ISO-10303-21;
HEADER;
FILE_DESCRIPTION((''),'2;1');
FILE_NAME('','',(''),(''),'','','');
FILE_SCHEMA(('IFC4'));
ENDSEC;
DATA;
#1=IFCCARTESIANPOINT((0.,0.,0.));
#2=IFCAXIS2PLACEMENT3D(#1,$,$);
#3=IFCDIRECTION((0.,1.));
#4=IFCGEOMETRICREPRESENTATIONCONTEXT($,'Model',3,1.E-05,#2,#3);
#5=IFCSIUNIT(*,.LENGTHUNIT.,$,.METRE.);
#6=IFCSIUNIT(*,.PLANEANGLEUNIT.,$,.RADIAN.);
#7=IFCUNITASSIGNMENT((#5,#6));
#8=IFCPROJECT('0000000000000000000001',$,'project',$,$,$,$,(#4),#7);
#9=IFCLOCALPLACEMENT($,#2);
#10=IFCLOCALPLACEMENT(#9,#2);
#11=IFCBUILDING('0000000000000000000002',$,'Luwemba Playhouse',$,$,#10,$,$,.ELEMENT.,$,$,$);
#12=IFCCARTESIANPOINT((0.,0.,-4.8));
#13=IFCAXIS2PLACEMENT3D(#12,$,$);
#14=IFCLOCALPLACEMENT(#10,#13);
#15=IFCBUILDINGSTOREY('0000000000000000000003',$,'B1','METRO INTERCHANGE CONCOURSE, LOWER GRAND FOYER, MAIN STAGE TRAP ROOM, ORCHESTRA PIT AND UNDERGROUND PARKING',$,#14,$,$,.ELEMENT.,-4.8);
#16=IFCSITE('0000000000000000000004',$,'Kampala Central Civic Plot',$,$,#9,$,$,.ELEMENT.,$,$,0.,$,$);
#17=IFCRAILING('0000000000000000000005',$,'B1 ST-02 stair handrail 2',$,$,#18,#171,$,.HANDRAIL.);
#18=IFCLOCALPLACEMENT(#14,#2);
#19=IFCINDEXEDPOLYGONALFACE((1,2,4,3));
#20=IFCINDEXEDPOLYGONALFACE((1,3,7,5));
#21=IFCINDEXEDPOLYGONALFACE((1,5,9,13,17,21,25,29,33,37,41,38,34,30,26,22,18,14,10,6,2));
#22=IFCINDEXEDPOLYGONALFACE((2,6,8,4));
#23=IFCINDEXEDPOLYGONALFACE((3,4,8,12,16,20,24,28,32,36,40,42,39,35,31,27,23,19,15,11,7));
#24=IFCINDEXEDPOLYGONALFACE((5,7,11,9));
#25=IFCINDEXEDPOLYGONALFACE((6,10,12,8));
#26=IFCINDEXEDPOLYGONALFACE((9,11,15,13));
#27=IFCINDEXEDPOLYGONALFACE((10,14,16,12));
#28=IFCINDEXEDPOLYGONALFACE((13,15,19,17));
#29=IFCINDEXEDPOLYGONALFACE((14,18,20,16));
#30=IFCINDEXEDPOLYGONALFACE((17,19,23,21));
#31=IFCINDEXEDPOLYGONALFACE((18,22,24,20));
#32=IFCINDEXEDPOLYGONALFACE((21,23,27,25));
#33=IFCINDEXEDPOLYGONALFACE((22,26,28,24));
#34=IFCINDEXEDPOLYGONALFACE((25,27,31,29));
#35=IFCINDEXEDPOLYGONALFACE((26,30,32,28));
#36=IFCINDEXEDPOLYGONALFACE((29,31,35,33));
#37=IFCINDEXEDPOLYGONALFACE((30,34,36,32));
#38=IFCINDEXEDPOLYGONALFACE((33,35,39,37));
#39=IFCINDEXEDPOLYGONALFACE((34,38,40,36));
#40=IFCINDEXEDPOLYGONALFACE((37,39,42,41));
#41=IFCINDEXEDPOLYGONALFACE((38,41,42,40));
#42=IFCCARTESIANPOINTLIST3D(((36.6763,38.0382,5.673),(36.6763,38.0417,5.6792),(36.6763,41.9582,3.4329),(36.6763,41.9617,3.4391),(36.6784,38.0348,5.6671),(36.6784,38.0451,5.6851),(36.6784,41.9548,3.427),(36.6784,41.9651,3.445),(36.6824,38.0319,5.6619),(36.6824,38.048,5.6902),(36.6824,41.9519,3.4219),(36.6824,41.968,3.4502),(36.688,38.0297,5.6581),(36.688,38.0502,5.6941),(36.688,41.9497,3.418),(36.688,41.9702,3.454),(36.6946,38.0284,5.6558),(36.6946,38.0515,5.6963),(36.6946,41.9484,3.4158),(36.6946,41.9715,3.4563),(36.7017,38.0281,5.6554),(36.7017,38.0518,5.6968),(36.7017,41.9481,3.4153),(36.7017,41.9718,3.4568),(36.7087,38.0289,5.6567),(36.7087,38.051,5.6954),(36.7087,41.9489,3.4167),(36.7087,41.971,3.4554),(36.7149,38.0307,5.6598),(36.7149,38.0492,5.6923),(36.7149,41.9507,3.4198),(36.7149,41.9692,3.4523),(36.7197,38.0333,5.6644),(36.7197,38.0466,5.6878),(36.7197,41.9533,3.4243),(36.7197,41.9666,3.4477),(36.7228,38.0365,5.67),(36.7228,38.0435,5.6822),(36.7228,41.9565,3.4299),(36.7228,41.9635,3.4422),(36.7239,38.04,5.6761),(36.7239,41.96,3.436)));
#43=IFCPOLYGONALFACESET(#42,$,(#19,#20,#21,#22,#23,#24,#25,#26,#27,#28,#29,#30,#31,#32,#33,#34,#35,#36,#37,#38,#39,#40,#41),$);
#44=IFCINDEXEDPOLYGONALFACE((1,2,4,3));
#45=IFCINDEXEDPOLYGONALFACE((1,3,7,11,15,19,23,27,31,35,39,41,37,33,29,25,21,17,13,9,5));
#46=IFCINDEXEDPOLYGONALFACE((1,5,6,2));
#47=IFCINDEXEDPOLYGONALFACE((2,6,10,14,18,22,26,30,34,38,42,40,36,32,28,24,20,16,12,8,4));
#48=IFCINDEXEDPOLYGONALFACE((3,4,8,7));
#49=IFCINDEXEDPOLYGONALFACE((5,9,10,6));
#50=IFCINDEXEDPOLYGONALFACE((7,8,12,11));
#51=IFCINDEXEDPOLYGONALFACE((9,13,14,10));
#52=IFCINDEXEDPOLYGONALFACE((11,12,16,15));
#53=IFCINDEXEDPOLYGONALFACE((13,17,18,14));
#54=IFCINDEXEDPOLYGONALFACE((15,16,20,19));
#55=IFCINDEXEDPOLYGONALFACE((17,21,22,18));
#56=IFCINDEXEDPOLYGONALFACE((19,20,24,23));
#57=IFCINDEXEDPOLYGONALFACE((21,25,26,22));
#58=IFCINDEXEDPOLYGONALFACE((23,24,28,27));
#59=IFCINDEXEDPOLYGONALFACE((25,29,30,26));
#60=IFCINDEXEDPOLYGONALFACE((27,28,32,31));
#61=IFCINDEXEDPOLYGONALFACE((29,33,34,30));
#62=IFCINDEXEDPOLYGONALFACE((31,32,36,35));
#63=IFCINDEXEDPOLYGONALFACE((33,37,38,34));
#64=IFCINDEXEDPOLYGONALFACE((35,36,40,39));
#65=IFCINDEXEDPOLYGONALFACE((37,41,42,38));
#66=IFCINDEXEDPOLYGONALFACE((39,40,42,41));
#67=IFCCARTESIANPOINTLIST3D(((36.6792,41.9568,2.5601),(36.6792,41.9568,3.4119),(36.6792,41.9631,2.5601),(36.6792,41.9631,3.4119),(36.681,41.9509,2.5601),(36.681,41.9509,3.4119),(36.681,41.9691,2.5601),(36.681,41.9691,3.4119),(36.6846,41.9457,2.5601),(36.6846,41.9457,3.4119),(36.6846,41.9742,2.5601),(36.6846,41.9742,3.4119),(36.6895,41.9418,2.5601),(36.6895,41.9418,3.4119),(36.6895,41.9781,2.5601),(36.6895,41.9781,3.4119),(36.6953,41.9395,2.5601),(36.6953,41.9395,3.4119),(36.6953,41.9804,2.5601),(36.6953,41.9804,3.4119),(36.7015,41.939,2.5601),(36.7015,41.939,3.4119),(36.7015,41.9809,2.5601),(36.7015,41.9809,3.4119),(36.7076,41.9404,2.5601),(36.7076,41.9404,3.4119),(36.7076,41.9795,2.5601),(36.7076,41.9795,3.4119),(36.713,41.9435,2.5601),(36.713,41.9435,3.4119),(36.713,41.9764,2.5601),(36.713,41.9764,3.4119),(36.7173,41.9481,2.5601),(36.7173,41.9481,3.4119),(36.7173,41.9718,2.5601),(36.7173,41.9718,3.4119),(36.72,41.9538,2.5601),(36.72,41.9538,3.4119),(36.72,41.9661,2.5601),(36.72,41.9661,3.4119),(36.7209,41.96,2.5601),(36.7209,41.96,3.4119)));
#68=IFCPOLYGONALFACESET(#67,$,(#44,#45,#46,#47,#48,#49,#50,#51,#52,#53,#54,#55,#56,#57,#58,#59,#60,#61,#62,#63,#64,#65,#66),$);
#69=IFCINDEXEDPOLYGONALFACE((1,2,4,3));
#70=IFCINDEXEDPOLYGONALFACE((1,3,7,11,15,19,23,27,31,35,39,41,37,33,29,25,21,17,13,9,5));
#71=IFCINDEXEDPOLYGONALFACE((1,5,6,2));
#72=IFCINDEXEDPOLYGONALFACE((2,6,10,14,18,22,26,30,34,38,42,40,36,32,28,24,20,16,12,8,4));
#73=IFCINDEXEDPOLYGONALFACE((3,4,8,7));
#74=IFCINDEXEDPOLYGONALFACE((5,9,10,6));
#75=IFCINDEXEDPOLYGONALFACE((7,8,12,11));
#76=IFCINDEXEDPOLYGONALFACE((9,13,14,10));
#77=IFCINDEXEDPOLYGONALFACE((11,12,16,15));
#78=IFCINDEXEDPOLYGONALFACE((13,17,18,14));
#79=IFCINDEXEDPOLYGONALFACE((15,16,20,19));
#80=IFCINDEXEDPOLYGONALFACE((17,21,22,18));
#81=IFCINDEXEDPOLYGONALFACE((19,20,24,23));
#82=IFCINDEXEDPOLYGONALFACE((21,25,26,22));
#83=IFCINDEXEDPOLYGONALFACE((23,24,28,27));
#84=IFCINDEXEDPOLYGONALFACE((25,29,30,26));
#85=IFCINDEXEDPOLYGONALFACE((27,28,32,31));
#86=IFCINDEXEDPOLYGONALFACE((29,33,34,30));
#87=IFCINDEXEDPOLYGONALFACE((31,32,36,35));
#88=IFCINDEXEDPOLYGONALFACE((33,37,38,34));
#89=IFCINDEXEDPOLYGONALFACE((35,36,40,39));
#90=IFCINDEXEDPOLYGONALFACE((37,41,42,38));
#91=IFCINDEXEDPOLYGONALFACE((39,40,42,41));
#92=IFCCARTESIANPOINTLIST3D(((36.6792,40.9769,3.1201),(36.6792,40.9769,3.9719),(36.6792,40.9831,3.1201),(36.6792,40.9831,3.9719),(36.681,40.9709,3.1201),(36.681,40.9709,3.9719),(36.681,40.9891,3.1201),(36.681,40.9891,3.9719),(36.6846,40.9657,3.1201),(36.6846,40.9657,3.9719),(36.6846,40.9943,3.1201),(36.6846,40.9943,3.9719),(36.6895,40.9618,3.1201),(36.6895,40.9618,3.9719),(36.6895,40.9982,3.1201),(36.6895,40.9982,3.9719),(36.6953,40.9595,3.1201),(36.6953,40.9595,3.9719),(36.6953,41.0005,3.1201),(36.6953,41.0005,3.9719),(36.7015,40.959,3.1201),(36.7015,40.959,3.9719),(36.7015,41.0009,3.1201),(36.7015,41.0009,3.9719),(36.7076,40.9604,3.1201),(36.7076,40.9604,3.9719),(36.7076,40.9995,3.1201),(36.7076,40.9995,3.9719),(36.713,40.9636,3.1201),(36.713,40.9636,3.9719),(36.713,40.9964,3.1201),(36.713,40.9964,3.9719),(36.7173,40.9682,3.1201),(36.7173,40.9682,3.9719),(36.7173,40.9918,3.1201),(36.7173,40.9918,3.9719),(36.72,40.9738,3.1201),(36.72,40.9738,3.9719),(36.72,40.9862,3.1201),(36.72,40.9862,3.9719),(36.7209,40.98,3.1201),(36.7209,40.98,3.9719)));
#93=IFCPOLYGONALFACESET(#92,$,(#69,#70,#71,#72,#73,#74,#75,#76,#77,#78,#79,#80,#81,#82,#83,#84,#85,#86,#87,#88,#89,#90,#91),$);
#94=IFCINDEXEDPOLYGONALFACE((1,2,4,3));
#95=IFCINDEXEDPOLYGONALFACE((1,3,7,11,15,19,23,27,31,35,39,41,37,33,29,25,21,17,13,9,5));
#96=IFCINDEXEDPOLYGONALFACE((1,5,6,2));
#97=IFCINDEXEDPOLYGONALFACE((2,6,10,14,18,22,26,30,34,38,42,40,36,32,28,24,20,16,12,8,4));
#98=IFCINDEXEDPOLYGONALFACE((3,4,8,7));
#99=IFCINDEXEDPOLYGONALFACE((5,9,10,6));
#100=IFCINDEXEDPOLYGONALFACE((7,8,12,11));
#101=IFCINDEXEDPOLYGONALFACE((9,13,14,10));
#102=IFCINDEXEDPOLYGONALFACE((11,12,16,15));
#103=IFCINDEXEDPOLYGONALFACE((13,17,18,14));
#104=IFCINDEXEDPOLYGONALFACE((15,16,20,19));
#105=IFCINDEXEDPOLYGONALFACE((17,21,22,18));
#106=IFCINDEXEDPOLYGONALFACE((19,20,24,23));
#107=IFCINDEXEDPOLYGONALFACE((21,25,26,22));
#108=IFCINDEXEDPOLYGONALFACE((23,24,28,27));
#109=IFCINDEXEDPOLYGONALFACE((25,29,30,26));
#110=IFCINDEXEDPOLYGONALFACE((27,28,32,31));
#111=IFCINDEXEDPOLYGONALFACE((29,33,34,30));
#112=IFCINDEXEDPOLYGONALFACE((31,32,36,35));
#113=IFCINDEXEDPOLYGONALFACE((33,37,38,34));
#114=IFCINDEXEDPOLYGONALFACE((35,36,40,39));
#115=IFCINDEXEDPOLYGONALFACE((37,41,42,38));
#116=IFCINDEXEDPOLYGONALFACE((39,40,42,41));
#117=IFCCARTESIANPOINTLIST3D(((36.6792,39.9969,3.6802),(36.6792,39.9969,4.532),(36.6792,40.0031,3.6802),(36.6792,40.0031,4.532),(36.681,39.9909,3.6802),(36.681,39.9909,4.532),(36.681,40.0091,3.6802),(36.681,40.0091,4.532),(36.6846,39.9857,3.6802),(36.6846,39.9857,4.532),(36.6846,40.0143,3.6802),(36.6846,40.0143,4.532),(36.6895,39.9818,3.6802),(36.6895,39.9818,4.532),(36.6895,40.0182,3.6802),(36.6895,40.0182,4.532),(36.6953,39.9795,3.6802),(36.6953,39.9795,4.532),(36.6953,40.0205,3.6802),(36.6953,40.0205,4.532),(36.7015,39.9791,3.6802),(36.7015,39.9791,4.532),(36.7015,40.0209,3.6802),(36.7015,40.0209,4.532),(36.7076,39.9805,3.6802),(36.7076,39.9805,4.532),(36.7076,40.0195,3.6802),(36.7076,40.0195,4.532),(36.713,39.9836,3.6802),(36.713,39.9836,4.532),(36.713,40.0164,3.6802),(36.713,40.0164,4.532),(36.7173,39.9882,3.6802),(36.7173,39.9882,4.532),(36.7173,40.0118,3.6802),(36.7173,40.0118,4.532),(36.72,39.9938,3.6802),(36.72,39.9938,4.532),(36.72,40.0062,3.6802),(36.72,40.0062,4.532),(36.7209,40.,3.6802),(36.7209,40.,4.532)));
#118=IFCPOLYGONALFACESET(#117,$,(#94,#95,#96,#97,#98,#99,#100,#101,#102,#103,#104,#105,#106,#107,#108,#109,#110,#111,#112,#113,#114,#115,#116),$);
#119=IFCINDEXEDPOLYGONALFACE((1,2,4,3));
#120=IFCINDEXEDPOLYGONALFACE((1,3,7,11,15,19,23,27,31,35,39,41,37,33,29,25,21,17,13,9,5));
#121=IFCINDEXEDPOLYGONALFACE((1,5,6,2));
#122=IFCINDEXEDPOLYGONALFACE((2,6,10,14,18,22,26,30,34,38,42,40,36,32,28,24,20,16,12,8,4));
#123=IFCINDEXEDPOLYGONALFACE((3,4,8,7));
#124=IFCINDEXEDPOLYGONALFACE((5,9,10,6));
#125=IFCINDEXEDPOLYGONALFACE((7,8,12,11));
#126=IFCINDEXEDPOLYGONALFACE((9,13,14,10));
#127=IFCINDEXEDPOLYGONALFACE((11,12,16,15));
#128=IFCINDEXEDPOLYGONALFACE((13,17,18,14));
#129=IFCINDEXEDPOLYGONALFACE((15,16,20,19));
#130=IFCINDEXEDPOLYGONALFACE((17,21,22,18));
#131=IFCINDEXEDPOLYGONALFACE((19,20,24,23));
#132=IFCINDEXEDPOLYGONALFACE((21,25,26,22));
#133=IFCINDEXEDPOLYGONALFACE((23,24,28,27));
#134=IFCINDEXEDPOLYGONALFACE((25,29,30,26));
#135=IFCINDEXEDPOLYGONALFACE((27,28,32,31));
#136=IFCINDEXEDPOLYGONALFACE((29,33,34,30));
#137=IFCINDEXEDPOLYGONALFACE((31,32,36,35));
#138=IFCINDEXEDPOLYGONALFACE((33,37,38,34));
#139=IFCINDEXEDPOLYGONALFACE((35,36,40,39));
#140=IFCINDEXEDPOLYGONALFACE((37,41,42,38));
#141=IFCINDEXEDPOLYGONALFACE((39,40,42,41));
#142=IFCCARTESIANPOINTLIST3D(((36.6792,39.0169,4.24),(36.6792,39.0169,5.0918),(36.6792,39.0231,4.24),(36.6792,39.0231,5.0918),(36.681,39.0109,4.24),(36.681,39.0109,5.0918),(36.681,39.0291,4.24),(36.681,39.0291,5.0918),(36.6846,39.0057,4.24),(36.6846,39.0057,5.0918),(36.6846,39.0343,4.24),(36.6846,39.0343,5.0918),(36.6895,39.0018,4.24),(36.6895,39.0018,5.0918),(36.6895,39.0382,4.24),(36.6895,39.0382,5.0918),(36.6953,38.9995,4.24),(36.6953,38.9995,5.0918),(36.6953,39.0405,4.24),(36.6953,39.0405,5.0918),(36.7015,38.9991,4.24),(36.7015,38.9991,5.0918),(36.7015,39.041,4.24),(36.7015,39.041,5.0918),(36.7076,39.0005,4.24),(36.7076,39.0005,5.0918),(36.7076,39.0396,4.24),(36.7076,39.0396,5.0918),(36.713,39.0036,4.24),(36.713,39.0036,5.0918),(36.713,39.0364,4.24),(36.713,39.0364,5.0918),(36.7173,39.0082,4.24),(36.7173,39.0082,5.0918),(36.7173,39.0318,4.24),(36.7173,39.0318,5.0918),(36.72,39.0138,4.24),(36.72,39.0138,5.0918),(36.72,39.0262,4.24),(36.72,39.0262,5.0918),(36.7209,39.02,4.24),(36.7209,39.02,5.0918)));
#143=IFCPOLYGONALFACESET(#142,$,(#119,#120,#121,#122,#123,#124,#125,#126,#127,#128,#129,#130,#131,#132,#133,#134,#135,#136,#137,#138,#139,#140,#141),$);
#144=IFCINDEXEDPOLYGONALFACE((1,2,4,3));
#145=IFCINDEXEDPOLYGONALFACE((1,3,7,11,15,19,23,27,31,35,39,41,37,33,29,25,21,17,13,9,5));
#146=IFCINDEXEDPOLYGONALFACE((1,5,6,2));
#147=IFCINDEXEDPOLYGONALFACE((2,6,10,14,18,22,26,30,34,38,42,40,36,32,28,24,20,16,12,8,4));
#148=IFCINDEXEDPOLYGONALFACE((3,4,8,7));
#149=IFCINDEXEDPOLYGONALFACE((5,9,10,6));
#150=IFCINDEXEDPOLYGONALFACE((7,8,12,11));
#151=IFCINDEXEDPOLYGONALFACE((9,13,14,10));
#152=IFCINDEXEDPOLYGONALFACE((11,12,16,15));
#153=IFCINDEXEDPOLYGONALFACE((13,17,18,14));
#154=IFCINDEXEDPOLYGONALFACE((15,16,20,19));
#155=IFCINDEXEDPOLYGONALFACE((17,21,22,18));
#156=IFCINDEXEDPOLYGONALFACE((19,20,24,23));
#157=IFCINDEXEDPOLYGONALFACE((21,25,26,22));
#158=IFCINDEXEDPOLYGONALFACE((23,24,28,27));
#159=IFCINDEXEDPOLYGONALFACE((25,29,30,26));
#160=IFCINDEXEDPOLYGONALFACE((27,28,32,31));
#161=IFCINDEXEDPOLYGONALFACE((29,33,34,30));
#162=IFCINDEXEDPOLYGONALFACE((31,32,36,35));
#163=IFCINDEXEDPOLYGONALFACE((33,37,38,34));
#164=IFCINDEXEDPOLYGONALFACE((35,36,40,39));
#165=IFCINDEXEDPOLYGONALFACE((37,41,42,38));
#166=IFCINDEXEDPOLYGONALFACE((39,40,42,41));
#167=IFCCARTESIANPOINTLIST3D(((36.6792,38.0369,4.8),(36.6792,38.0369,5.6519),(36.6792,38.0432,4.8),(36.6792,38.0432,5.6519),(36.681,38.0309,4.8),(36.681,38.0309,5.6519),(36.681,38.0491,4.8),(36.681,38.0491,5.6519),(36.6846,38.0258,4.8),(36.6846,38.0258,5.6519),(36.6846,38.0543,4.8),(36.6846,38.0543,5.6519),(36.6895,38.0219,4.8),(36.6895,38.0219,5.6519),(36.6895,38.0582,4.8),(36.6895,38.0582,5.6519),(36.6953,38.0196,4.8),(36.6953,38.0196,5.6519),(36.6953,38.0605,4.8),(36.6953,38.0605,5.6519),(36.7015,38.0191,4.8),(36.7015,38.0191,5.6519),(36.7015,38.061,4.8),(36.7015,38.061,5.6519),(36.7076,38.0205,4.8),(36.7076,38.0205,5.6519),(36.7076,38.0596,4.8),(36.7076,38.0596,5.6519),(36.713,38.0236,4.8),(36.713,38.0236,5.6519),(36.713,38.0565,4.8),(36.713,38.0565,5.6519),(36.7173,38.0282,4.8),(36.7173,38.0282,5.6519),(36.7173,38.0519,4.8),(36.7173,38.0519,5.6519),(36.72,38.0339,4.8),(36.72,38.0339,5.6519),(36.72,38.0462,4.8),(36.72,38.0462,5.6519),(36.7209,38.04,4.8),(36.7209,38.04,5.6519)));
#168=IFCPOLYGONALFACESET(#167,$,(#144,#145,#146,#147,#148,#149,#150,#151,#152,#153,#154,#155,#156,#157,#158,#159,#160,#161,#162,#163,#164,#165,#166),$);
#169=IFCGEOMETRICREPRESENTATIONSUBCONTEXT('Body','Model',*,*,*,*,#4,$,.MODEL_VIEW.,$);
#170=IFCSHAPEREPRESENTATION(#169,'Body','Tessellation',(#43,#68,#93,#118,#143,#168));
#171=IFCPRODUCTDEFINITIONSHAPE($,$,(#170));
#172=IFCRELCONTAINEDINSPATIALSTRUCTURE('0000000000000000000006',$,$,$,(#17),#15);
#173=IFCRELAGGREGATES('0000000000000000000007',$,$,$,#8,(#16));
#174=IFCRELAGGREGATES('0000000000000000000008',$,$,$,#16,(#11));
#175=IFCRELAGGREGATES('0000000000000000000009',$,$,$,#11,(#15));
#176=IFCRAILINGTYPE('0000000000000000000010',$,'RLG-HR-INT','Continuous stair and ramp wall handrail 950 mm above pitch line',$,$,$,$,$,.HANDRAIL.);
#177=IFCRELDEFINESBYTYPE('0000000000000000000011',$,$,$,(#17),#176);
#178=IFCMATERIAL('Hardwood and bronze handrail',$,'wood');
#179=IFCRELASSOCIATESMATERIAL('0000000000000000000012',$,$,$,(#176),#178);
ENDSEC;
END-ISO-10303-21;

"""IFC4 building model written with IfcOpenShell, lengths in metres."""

from ifc_helpers import new_model, si_unit, direction, frame, origin, origin_2d, place, context, subcontext, project, spatial, circle, extrude, material, type_object, element, save


model = new_model("IFC4")

# Units and contexts
model_context = context("Model", 3, precision=1e-05, world=origin(), true_north=direction((0.0, 1.0)))
body_context = subcontext(model_context, "Body", "Model", "MODEL_VIEW")
ifc_project = project(units=[si_unit("LENGTHUNIT", "METRE"), si_unit("PLANEANGLEUNIT", "RADIAN")], contexts=[model_context])

# Site, building, storey
site_placement = place(None, origin())
site = spatial("IfcSite", under=ifc_project, at=site_placement, Name="Kampala Central Civic Plot", CompositionType="ELEMENT", RefElevation=0.0)
building_placement = place(site_placement, origin())
building = spatial("IfcBuilding", under=site, at=building_placement, Name="Luwemba Playhouse", CompositionType="ELEMENT")
storey_placement = place(building_placement, frame((0.0, 0.0, -4.8)))
storey = spatial("IfcBuildingStorey", under=building, at=storey_placement, Name="B1", Description="METRO INTERCHANGE CONCOURSE, LOWER GRAND FOYER, MAIN STAGE TRAP ROOM, ORCHESTRA PIT AND UNDERGROUND PARKING", CompositionType="ELEMENT", Elevation=-4.8)

# Railing
ifc_material_1 = material(Name="Hardwood and bronze handrail", Category="wood")
railing_type_1 = type_object("IfcRailingType", Name="RLG-HR-INT", Description="Continuous stair and ramp wall handrail 950 mm above pitch line", PredefinedType="HANDRAIL", material=ifc_material_1)
railing_1_placement = place(storey_placement, frame((36.7, 41.96, 2.5601)))
element("IfcRailing", 1, at=railing_1_placement, inside=storey, type_object=railing_type_1, Name="B1 ST-02 stair handrail 2", PredefinedType="HANDRAIL", context=body_context, shape_type="SweptSolid", body=[
    extrude(circle(Radius=0.0239, at=origin_2d()), frame((0.0, 0.0, 0.876), z_axis=(0.0, -0.86824, 0.496145), x_axis=(1.0, 0.0, 0.0)), (0.0, 0.0, 1.0), 4.5149),
    extrude(circle(Radius=0.021, at=origin_2d()), origin(), (0.0, 0.0, 1.0), 0.8518),
    extrude(circle(Radius=0.021, at=origin_2d()), frame((0.0, -0.98, 0.5601)), (0.0, 0.0, 1.0), 0.8518),
    extrude(circle(Radius=0.021, at=origin_2d()), frame((0.0, -1.96, 1.1201)), (0.0, 0.0, 1.0), 0.8518),
    extrude(circle(Radius=0.021, at=origin_2d()), frame((0.0, -2.9399, 1.6799)), (0.0, 0.0, 1.0), 0.8518),
    extrude(circle(Radius=0.021, at=origin_2d()), frame((0.0, -3.9199, 2.24)), (0.0, 0.0, 1.0), 0.8518),
])

save(model, "model.ifc")
